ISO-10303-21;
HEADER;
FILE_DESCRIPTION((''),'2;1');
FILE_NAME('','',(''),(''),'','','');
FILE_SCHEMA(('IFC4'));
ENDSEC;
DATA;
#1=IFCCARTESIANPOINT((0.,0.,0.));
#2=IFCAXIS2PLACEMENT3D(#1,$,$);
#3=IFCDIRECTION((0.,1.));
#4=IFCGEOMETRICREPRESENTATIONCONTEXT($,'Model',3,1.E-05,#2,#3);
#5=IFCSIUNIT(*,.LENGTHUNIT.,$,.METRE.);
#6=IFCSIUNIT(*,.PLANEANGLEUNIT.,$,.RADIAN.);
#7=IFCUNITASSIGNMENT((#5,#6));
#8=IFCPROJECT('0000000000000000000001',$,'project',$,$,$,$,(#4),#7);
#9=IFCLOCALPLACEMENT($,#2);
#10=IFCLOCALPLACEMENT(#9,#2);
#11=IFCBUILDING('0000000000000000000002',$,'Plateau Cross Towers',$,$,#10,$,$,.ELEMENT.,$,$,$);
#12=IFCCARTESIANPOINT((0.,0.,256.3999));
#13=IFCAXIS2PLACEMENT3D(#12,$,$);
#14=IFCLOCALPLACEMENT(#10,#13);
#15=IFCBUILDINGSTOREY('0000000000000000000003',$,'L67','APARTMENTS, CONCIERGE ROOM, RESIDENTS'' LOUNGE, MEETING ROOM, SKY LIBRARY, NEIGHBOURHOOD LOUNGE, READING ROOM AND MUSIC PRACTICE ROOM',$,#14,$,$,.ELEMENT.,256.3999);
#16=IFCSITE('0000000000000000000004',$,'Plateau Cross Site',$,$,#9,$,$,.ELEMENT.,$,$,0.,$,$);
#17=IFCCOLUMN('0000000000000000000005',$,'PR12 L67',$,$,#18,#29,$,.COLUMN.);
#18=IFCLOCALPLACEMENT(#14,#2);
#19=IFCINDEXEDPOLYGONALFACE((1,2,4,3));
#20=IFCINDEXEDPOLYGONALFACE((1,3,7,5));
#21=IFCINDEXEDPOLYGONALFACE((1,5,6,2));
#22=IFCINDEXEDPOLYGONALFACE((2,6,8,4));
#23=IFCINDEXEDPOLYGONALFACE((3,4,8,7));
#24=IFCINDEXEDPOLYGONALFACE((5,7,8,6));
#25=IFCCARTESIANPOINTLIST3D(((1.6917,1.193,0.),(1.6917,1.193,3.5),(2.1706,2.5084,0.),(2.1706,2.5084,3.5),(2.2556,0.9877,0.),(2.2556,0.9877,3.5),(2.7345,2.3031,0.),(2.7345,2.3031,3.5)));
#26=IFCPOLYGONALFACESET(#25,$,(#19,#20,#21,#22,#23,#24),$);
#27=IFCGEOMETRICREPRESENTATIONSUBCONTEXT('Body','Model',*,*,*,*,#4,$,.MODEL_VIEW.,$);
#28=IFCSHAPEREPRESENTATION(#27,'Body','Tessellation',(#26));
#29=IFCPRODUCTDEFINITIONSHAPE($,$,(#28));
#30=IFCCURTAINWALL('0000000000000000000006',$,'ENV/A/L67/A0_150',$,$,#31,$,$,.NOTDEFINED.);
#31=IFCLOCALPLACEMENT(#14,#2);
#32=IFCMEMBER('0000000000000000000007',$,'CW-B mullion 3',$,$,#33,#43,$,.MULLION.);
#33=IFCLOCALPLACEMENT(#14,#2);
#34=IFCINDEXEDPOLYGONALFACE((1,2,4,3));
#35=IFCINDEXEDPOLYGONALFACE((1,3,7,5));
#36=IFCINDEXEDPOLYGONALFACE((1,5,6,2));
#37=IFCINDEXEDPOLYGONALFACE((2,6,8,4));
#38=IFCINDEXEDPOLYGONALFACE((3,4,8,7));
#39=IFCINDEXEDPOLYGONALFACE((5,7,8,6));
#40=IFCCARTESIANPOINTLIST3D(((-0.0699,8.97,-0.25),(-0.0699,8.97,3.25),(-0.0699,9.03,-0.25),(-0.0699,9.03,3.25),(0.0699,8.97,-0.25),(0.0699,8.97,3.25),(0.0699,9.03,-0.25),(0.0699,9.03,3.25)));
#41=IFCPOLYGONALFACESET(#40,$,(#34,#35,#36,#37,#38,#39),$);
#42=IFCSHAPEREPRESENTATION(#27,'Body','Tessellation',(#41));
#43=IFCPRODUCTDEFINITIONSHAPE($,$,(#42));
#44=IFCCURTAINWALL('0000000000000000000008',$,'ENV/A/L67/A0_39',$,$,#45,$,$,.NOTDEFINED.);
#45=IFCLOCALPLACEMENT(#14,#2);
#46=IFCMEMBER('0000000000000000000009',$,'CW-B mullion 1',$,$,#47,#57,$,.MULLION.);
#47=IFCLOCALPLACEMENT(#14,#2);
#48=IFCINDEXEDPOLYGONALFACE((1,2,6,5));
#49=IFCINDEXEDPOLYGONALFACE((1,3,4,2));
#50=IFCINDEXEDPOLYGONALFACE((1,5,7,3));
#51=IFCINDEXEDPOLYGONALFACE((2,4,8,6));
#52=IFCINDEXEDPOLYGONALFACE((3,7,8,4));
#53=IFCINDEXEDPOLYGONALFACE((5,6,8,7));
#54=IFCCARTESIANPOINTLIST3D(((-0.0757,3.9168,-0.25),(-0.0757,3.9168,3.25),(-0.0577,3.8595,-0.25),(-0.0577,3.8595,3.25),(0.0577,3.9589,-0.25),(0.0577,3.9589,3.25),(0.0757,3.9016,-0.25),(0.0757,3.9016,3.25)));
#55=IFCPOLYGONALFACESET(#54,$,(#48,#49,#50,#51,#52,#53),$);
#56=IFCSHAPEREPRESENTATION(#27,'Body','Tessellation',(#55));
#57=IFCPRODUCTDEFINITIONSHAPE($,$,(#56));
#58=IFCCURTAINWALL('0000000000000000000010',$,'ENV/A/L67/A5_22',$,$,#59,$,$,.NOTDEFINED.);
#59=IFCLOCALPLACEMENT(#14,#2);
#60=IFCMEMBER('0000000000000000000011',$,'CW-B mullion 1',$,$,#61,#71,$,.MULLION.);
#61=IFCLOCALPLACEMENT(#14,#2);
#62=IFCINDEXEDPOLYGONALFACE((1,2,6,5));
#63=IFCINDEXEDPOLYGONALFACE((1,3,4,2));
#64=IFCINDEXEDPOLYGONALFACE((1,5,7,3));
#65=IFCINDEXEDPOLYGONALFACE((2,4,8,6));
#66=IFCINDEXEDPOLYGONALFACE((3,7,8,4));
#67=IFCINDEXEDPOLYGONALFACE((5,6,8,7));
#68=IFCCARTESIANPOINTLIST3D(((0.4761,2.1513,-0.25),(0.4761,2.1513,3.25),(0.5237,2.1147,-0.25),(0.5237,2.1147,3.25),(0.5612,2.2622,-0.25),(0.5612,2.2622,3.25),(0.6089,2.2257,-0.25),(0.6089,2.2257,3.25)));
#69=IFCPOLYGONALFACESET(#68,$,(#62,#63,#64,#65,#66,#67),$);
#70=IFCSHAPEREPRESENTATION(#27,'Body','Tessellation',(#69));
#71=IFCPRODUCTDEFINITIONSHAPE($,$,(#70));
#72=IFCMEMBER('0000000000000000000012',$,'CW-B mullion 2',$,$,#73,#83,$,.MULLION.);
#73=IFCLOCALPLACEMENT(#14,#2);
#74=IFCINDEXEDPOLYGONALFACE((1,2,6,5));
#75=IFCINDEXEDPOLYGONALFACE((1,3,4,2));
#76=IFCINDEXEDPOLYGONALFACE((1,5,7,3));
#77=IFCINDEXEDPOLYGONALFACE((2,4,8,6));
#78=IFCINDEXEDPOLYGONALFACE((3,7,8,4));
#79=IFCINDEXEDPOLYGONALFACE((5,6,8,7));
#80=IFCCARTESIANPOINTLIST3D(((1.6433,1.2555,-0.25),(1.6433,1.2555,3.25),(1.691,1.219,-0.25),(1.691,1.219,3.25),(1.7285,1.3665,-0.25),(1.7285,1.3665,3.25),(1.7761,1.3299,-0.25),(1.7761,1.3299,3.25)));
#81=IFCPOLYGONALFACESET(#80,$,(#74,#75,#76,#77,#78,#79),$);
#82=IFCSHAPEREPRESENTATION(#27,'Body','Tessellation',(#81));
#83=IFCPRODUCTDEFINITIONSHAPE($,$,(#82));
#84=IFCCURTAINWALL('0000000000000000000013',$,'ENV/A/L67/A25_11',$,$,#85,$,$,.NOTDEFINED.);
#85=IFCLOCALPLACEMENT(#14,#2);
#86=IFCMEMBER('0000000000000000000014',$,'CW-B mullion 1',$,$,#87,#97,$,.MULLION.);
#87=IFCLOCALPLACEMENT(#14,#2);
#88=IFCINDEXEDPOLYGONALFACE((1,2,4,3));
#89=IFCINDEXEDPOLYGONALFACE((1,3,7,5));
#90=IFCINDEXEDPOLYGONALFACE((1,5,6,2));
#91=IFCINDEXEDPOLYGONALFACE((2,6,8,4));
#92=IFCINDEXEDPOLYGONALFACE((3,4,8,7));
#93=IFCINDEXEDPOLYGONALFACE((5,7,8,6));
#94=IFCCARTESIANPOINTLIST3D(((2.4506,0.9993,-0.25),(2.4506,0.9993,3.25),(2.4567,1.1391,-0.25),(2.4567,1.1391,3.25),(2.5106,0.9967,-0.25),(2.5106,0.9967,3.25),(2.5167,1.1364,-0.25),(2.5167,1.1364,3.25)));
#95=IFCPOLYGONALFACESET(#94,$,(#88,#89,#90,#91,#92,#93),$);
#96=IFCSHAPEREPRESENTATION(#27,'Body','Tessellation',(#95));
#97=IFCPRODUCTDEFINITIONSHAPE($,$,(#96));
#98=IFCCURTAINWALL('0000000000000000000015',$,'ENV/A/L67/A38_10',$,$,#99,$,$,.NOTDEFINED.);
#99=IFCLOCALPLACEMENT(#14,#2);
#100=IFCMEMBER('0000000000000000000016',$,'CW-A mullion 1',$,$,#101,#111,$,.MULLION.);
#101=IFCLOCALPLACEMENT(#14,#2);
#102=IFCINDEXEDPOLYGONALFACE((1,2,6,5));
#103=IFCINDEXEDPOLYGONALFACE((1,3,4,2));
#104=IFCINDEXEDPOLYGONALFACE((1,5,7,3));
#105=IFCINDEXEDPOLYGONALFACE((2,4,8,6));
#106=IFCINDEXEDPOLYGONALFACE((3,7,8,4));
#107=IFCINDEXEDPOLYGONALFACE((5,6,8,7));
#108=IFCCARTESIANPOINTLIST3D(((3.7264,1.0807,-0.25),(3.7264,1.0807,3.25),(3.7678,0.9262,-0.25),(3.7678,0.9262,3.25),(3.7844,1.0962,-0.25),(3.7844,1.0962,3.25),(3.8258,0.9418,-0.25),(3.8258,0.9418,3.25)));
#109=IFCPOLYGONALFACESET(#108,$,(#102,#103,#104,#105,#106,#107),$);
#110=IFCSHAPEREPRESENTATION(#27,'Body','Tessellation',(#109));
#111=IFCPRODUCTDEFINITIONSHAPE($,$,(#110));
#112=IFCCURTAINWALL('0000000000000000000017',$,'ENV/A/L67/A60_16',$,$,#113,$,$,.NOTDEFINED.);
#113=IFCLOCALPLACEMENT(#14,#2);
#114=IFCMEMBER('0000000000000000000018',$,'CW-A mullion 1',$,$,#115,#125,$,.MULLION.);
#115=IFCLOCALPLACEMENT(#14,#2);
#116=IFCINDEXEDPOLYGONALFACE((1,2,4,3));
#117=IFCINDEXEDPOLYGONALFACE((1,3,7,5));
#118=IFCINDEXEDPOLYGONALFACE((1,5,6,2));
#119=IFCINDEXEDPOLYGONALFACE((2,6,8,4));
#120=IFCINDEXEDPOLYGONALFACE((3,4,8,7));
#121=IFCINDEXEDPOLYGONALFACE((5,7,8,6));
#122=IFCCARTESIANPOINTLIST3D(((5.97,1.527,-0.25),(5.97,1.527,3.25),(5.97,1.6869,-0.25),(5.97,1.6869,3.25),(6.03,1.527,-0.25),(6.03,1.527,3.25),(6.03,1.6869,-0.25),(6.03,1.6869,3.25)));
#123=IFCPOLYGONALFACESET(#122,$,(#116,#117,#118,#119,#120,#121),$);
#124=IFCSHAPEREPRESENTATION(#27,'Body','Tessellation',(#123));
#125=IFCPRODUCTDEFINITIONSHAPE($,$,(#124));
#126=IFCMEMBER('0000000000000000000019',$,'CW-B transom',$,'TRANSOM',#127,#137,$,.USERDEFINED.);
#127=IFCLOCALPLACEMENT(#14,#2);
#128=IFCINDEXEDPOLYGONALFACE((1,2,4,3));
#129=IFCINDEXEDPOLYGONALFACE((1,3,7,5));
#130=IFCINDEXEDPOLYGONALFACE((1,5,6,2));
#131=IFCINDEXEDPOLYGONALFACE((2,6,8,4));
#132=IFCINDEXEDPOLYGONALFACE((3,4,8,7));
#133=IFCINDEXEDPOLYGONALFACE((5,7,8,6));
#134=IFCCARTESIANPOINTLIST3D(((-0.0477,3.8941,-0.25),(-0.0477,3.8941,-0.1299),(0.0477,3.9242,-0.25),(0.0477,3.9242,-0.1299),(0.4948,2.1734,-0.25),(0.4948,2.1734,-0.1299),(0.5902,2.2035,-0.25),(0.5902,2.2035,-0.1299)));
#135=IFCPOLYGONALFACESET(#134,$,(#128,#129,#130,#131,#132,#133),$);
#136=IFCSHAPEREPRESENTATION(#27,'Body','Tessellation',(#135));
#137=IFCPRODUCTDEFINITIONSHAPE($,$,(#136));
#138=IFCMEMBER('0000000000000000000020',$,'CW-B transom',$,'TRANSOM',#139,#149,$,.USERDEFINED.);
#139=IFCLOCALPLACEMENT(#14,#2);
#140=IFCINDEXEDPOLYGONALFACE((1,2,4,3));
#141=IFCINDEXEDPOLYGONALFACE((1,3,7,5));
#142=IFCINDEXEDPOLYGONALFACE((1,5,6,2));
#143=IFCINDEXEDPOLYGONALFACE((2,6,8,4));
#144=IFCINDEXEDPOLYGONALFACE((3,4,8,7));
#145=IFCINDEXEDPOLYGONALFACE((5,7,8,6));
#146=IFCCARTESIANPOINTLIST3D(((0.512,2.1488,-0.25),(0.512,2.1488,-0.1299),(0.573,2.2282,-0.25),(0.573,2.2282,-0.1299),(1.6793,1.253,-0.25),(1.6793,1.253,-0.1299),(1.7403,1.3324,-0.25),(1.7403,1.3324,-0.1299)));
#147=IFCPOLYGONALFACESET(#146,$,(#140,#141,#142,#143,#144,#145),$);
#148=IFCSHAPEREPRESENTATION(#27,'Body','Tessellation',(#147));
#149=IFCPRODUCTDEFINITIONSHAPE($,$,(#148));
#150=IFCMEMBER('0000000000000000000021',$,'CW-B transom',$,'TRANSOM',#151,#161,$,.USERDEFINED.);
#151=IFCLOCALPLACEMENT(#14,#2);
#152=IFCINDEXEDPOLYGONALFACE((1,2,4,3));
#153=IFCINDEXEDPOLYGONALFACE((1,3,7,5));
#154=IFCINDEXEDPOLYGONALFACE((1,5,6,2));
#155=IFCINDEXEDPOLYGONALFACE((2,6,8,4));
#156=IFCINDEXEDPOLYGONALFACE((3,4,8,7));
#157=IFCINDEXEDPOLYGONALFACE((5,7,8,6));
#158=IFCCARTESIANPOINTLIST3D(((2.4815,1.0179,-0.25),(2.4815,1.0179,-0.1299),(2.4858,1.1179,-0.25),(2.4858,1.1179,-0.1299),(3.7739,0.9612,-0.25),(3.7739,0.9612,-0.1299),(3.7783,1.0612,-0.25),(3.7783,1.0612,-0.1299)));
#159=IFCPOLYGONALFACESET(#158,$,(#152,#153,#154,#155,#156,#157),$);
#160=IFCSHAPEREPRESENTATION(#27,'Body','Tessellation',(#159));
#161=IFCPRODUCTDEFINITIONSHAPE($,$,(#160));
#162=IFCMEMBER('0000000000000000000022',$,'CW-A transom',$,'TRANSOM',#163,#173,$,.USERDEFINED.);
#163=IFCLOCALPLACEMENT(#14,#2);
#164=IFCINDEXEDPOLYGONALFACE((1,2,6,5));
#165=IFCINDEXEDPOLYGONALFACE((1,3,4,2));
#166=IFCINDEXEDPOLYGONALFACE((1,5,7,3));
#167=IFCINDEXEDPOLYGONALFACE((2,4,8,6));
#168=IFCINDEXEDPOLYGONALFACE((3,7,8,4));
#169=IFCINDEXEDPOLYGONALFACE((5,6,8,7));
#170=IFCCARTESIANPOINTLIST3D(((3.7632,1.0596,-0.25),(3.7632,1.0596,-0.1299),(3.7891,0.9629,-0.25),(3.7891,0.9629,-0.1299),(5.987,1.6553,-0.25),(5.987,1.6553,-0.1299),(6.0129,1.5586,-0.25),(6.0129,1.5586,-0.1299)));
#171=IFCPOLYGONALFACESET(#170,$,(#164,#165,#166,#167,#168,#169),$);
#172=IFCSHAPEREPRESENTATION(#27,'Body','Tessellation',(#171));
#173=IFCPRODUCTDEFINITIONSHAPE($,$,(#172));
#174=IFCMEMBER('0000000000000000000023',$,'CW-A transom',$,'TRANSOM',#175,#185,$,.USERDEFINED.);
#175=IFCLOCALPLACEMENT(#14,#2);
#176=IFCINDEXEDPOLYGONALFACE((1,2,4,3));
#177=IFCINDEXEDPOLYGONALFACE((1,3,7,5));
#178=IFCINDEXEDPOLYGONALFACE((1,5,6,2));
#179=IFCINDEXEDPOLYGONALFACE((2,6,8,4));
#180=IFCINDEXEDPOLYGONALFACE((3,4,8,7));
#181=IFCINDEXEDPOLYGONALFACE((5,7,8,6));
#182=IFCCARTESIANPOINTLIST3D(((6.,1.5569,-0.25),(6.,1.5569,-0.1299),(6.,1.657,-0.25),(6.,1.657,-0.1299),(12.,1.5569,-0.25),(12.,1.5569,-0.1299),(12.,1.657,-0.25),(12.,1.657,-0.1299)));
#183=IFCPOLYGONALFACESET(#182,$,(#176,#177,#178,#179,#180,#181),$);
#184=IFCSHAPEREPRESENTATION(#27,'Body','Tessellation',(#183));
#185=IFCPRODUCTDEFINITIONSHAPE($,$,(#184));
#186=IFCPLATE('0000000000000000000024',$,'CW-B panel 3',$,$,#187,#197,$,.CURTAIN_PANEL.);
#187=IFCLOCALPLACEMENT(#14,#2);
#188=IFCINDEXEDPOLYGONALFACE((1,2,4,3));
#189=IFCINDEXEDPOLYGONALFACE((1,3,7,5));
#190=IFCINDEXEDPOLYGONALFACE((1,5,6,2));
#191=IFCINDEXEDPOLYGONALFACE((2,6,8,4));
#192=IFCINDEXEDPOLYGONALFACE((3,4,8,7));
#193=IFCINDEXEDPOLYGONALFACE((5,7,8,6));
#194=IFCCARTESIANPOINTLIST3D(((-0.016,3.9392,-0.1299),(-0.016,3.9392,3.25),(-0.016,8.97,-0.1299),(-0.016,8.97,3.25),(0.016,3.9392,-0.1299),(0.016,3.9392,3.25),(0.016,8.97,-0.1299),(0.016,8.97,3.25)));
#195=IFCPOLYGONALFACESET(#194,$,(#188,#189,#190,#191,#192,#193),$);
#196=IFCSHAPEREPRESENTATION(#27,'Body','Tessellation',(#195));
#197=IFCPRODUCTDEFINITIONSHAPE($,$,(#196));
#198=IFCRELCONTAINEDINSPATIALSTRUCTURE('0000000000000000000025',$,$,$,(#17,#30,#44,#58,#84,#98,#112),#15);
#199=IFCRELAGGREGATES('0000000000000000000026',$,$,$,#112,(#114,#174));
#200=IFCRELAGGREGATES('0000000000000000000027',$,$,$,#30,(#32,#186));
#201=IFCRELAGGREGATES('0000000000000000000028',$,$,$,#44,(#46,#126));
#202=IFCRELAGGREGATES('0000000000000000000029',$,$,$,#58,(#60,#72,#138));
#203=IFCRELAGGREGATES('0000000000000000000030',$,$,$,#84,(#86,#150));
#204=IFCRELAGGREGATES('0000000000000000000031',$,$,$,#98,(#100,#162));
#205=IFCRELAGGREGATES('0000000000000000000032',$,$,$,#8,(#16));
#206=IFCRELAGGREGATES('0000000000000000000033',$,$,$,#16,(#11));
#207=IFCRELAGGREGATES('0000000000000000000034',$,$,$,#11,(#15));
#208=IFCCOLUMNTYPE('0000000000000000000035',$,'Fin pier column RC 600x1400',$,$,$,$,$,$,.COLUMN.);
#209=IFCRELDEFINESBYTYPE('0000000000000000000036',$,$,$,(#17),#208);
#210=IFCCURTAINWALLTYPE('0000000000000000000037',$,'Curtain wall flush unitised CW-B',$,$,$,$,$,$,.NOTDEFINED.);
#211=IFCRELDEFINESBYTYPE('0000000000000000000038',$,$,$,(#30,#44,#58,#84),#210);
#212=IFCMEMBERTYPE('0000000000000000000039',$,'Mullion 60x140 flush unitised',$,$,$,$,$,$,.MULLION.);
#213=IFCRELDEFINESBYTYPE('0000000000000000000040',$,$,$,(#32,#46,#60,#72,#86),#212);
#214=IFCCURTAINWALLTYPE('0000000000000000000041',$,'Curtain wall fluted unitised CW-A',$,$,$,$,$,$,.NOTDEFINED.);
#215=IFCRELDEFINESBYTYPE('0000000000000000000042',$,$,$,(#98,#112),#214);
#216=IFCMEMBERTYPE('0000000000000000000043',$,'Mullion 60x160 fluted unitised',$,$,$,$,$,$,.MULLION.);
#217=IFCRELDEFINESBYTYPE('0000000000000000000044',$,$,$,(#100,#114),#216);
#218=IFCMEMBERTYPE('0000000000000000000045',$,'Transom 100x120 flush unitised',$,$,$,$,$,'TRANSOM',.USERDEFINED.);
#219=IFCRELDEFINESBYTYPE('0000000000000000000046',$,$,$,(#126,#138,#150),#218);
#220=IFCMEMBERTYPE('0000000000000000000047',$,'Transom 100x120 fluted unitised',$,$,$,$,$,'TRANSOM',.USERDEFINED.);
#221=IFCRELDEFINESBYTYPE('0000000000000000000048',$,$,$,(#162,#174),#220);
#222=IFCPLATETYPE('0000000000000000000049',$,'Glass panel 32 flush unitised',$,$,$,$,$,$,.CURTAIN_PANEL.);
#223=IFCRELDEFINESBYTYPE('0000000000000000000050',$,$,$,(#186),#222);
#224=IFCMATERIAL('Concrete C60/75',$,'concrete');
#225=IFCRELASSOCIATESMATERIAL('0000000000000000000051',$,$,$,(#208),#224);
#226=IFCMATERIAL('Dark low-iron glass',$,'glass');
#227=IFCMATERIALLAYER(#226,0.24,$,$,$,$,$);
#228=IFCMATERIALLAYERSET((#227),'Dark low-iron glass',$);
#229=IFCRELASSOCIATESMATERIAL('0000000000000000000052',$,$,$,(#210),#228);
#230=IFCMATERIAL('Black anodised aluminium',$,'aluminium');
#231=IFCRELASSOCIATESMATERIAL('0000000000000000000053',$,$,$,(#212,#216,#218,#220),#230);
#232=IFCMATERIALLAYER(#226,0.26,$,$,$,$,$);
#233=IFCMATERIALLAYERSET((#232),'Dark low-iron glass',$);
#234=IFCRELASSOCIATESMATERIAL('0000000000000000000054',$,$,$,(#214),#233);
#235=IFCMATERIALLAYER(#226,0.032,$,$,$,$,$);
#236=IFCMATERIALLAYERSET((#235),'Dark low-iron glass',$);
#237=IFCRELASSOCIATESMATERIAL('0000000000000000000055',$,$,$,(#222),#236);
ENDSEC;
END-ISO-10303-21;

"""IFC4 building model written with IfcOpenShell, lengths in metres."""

from ifc_helpers import new_model, si_unit, direction, frame, origin, origin_2d, place, context, subcontext, project, spatial, rectangle, extrude, material, layer, layer_set, material_profile, profile_set, type_object, element, aggregate, save


model = new_model("IFC4")

# Units and contexts
model_context = context("Model", 3, precision=1e-05, world=origin(), true_north=direction((0.0, 1.0)))
body_context = subcontext(model_context, "Body", "Model", "MODEL_VIEW")
ifc_project = project(units=[si_unit("LENGTHUNIT", "METRE"), si_unit("PLANEANGLEUNIT", "RADIAN")], contexts=[model_context])

# Site, building, storey
site_placement = place(None, origin())
site = spatial("IfcSite", under=ifc_project, at=site_placement, Name="Plateau Cross Site", CompositionType="ELEMENT", RefElevation=0.0)
building_placement = place(site_placement, origin())
building = spatial("IfcBuilding", under=site, at=building_placement, Name="Plateau Cross Towers", CompositionType="ELEMENT")
storey_placement = place(building_placement, frame((0.0, 0.0, 256.3999)))
storey = spatial("IfcBuildingStorey", under=building, at=storey_placement, Name="L67", Description="APARTMENTS, CONCIERGE ROOM, RESIDENTS' LOUNGE, MEETING ROOM, SKY LIBRARY, NEIGHBOURHOOD LOUNGE, READING ROOM AND MUSIC PRACTICE ROOM", CompositionType="ELEMENT", Elevation=256.3999)

# Column
ifc_material_1 = material(Name="Concrete C60/75", Category="concrete")
ifc_material_profile_1 = material_profile(ifc_material_1, rectangle(XDim=0.6001, YDim=1.3999, at=origin_2d()), Name="RC 600x1400")
ifc_profile_set_1 = profile_set([ifc_material_profile_1], Name="Concrete C60/75")
column_type = type_object("IfcColumnType", Name="Fin pier column RC 600x1400", PredefinedType="COLUMN", material=ifc_profile_set_1)
column_placement = place(storey_placement, frame((2.2131, 1.748, 0.0), z_axis=(0.0, 0.0, 1.0), x_axis=(-0.939664, 0.342098, 0.0)))
element("IfcColumn", 1, at=column_placement, inside=storey, type_object=column_type, Name="PR12 L67", PredefinedType="COLUMN", context=body_context, shape_type="SweptSolid", body=[
    extrude(rectangle(XDim=0.6001, YDim=1.3999, at=origin_2d()), origin(), (0.0, 0.0, 1.0), 3.5),
])

# Curtain walls, members
ifc_material_2 = material(Name="Dark low-iron glass", Category="glass")
ifc_layer_1 = layer(ifc_material_2, 0.24)
ifc_layer_set_1 = layer_set([ifc_layer_1], Name="Dark low-iron glass")
curtain_wall_type_1 = type_object("IfcCurtainWallType", Name="Curtain wall flush unitised CW-B", PredefinedType="NOTDEFINED", material=ifc_layer_set_1)
curtain_wall_1_placement = place(storey_placement, origin())
curtain_wall_1 = element("IfcCurtainWall", 2, at=curtain_wall_1_placement, inside=storey, type_object=curtain_wall_type_1, Name="ENV/A/L67/A0_150", PredefinedType="NOTDEFINED")
ifc_material_3 = material(Name="Black anodised aluminium", Category="aluminium")
ifc_material_profile_2 = material_profile(ifc_material_3, rectangle(XDim=0.0601, YDim=0.1399, at=origin_2d()), Name="MULLION 60x140")
ifc_profile_set_2 = profile_set([ifc_material_profile_2], Name="Black anodised aluminium")
member_type_1 = type_object("IfcMemberType", Name="Mullion 60x140 flush unitised", PredefinedType="MULLION", material=ifc_profile_set_2)
member_1_placement = place(storey_placement, frame((0.0, 9.0, -0.25), z_axis=(0.0, 0.0, 1.0), x_axis=(0.0, -1.0, 0.0)))
member_1 = element("IfcMember", 3, at=member_1_placement, type_object=member_type_1, Name="CW-B mullion 3", PredefinedType="MULLION", context=body_context, shape_type="SweptSolid", body=[
    extrude(rectangle(XDim=0.0601, YDim=0.1399, at=origin_2d()), origin(), (0.0, 0.0, 1.0), 3.5),
])
curtain_wall_2_placement = place(storey_placement, origin())
curtain_wall_2 = element("IfcCurtainWall", 4, at=curtain_wall_2_placement, inside=storey, type_object=curtain_wall_type_1, Name="ENV/A/L67/A0_39", PredefinedType="NOTDEFINED")
member_2_placement = place(storey_placement, frame((0.0, 3.9092, -0.25), z_axis=(0.0, 0.0, 1.0), x_axis=(0.300686, -0.953723, 0.0)))
member_2 = element("IfcMember", 5, at=member_2_placement, type_object=member_type_1, Name="CW-B mullion 1", PredefinedType="MULLION", context=body_context, shape_type="SweptSolid", body=[
    extrude(rectangle(XDim=0.0601, YDim=0.1399, at=origin_2d()), origin(), (0.0, 0.0, 1.0), 3.5),
])

# Curtain wall, members
curtain_wall_3_placement = place(storey_placement, origin())
curtain_wall_3 = element("IfcCurtainWall", 6, at=curtain_wall_3_placement, inside=storey, type_object=curtain_wall_type_1, Name="ENV/A/L67/A5_22", PredefinedType="NOTDEFINED")
member_3_placement = place(storey_placement, frame((0.5425, 2.1885, -0.25), z_axis=(0.0, 0.0, 1.0), x_axis=(0.793316, -0.608811, 0.0)))
member_3 = element("IfcMember", 7, at=member_3_placement, type_object=member_type_1, Name="CW-B mullion 1", PredefinedType="MULLION", context=body_context, shape_type="SweptSolid", body=[
    extrude(rectangle(XDim=0.0601, YDim=0.1399, at=origin_2d()), origin(), (0.0, 0.0, 1.0), 3.5),
])
member_4_placement = place(storey_placement, frame((1.7097, 1.2927, -0.25), z_axis=(0.0, 0.0, 1.0), x_axis=(0.793316, -0.608811, 0.0)))
member_4 = element("IfcMember", 8, at=member_4_placement, type_object=member_type_1, Name="CW-B mullion 2", PredefinedType="MULLION", context=body_context, shape_type="SweptSolid", body=[
    extrude(rectangle(XDim=0.0601, YDim=0.1399, at=origin_2d()), origin(), (0.0, 0.0, 1.0), 3.5),
])

# Curtain walls, members
curtain_wall_4_placement = place(storey_placement, origin())
curtain_wall_4 = element("IfcCurtainWall", 9, at=curtain_wall_4_placement, inside=storey, type_object=curtain_wall_type_1, Name="ENV/A/L67/A25_11", PredefinedType="NOTDEFINED")
member_5_placement = place(storey_placement, frame((2.4836, 1.0679, -0.25), z_axis=(0.0, 0.0, 1.0), x_axis=(0.999044, -0.043723, 0.0)))
member_5 = element("IfcMember", 10, at=member_5_placement, type_object=member_type_1, Name="CW-B mullion 1", PredefinedType="MULLION", context=body_context, shape_type="SweptSolid", body=[
    extrude(rectangle(XDim=0.0601, YDim=0.1399, at=origin_2d()), origin(), (0.0, 0.0, 1.0), 3.5),
])
ifc_layer_2 = layer(ifc_material_2, 0.26)
ifc_layer_set_2 = layer_set([ifc_layer_2], Name="Dark low-iron glass")
curtain_wall_type_2 = type_object("IfcCurtainWallType", Name="Curtain wall fluted unitised CW-A", PredefinedType="NOTDEFINED", material=ifc_layer_set_2)
curtain_wall_5_placement = place(storey_placement, origin())
curtain_wall_5 = element("IfcCurtainWall", 11, at=curtain_wall_5_placement, inside=storey, type_object=curtain_wall_type_2, Name="ENV/A/L67/A38_10", PredefinedType="NOTDEFINED")
ifc_material_profile_3 = material_profile(ifc_material_3, rectangle(XDim=0.0601, YDim=0.1599, at=origin_2d()), Name="MULLION 60x160")
ifc_profile_set_3 = profile_set([ifc_material_profile_3], Name="Black anodised aluminium")
member_type_2 = type_object("IfcMemberType", Name="Mullion 60x160 fluted unitised", PredefinedType="MULLION", material=ifc_profile_set_3)
member_6_placement = place(storey_placement, frame((3.7761, 1.0112, -0.25), z_axis=(0.0, 0.0, 1.0), x_axis=(0.965958, 0.258699, 0.0)))
member_6 = element("IfcMember", 12, at=member_6_placement, type_object=member_type_2, Name="CW-A mullion 1", PredefinedType="MULLION", context=body_context, shape_type="SweptSolid", body=[
    extrude(rectangle(XDim=0.0601, YDim=0.1599, at=origin_2d()), origin(), (0.0, 0.0, 1.0), 3.5),
])
curtain_wall_6_placement = place(storey_placement, origin())
curtain_wall_6 = element("IfcCurtainWall", 13, at=curtain_wall_6_placement, inside=storey, type_object=curtain_wall_type_2, Name="ENV/A/L67/A60_16", PredefinedType="NOTDEFINED")
member_7_placement = place(storey_placement, frame((6.0, 1.6069, -0.25), z_axis=(0.0, 0.0, 1.0), x_axis=(1.0, 0.0, 0.0)))
member_7 = element("IfcMember", 14, at=member_7_placement, type_object=member_type_2, Name="CW-A mullion 1", PredefinedType="MULLION", context=body_context, shape_type="SweptSolid", body=[
    extrude(rectangle(XDim=0.0601, YDim=0.1599, at=origin_2d()), origin(), (0.0, 0.0, 1.0), 3.5),
])

# Members
ifc_material_profile_4 = material_profile(ifc_material_3, rectangle(XDim=0.1001, YDim=0.1201, at=origin_2d()), Name="TRANSOM 100x120")
ifc_profile_set_4 = profile_set([ifc_material_profile_4], Name="Black anodised aluminium")
member_type_3 = type_object("IfcMemberType", Name="Transom 100x120 flush unitised", ElementType="TRANSOM", PredefinedType="USERDEFINED", material=ifc_profile_set_4)
member_8_placement = place(storey_placement, frame((0.0, 3.9092, -0.1899), z_axis=(0.300678, -0.953726, 0.0), x_axis=(0.953726, 0.300678, 0.0)))
member_8 = element("IfcMember", 15, at=member_8_placement, type_object=member_type_3, Name="CW-B transom", ObjectType="TRANSOM", PredefinedType="USERDEFINED", context=body_context, shape_type="SweptSolid", body=[
    extrude(rectangle(XDim=0.1001, YDim=0.1201, at=origin_2d()), origin(), (0.0, 0.0, 1.0), 1.8042),
])
member_9_placement = place(storey_placement, frame((0.5425, 2.1885, -0.1899), z_axis=(0.793321, -0.608804, 0.0), x_axis=(0.608804, 0.793321, 0.0)))
member_9 = element("IfcMember", 16, at=member_9_placement, type_object=member_type_3, Name="CW-B transom", ObjectType="TRANSOM", PredefinedType="USERDEFINED", context=body_context, shape_type="SweptSolid", body=[
    extrude(rectangle(XDim=0.1001, YDim=0.1201, at=origin_2d()), origin(), (0.0, 0.0, 1.0), 1.4714),
])
member_10_placement = place(storey_placement, frame((2.4836, 1.0679, -0.1899), z_axis=(0.999041, -0.043781, 0.0), x_axis=(0.043781, 0.999041, 0.0)))
member_10 = element("IfcMember", 17, at=member_10_placement, type_object=member_type_3, Name="CW-B transom", ObjectType="TRANSOM", PredefinedType="USERDEFINED", context=body_context, shape_type="SweptSolid", body=[
    extrude(rectangle(XDim=0.1001, YDim=0.1201, at=origin_2d()), origin(), (0.0, 0.0, 1.0), 1.2937),
])
ifc_material_profile_5 = material_profile(ifc_material_3, rectangle(XDim=0.1001, YDim=0.1201, at=origin_2d()), Name="TRANSOM 100x120")
ifc_profile_set_5 = profile_set([ifc_material_profile_5], Name="Black anodised aluminium")
member_type_4 = type_object("IfcMemberType", Name="Transom 100x120 fluted unitised", ElementType="TRANSOM", PredefinedType="USERDEFINED", material=ifc_profile_set_5)
member_11_placement = place(storey_placement, frame((3.7761, 1.0112, -0.1899), z_axis=(0.965946, 0.258745, 0.0), x_axis=(-0.258745, 0.965946, 0.0)))
member_11 = element("IfcMember", 18, at=member_11_placement, type_object=member_type_4, Name="CW-A transom", ObjectType="TRANSOM", PredefinedType="USERDEFINED", context=body_context, shape_type="SweptSolid", body=[
    extrude(rectangle(XDim=0.1001, YDim=0.1201, at=origin_2d()), origin(), (0.0, 0.0, 1.0), 2.3022),
])
member_12_placement = place(storey_placement, frame((6.0, 1.6069, -0.1899), z_axis=(1.0, 0.0, 0.0), x_axis=(0.0, 1.0, 0.0)))
member_12 = element("IfcMember", 19, at=member_12_placement, type_object=member_type_4, Name="CW-A transom", ObjectType="TRANSOM", PredefinedType="USERDEFINED", context=body_context, shape_type="SweptSolid", body=[
    extrude(rectangle(XDim=0.1001, YDim=0.1201, at=origin_2d()), origin(), (0.0, 0.0, 1.0), 6.0),
])
aggregate(curtain_wall_6, [member_7, member_12])

# Plate
ifc_layer_3 = layer(ifc_material_2, 0.032)
ifc_layer_set_3 = layer_set([ifc_layer_3], Name="Dark low-iron glass")
plate_type_1 = type_object("IfcPlateType", Name="Glass panel 32 flush unitised", PredefinedType="CURTAIN_PANEL", material=ifc_layer_set_3)
plate_1_placement = place(storey_placement, frame((0.0, 6.4546, -0.1299), z_axis=(0.0, 0.0, 1.0), x_axis=(0.0, -1.0, 0.0)))
plate_1 = element("IfcPlate", 20, at=plate_1_placement, type_object=plate_type_1, Name="CW-B panel 3", PredefinedType="CURTAIN_PANEL", context=body_context, shape_type="SweptSolid", body=[
    extrude(rectangle(XDim=5.0308, YDim=0.032, at=origin_2d()), origin(), (0.0, 0.0, 1.0), 3.3799),
])
aggregate(curtain_wall_1, [member_1, plate_1])
aggregate(curtain_wall_2, [member_2, member_8])
aggregate(curtain_wall_3, [member_3, member_4, member_9])
aggregate(curtain_wall_4, [member_5, member_10])
aggregate(curtain_wall_5, [member_6, member_11])

save(model, "model.ifc")
